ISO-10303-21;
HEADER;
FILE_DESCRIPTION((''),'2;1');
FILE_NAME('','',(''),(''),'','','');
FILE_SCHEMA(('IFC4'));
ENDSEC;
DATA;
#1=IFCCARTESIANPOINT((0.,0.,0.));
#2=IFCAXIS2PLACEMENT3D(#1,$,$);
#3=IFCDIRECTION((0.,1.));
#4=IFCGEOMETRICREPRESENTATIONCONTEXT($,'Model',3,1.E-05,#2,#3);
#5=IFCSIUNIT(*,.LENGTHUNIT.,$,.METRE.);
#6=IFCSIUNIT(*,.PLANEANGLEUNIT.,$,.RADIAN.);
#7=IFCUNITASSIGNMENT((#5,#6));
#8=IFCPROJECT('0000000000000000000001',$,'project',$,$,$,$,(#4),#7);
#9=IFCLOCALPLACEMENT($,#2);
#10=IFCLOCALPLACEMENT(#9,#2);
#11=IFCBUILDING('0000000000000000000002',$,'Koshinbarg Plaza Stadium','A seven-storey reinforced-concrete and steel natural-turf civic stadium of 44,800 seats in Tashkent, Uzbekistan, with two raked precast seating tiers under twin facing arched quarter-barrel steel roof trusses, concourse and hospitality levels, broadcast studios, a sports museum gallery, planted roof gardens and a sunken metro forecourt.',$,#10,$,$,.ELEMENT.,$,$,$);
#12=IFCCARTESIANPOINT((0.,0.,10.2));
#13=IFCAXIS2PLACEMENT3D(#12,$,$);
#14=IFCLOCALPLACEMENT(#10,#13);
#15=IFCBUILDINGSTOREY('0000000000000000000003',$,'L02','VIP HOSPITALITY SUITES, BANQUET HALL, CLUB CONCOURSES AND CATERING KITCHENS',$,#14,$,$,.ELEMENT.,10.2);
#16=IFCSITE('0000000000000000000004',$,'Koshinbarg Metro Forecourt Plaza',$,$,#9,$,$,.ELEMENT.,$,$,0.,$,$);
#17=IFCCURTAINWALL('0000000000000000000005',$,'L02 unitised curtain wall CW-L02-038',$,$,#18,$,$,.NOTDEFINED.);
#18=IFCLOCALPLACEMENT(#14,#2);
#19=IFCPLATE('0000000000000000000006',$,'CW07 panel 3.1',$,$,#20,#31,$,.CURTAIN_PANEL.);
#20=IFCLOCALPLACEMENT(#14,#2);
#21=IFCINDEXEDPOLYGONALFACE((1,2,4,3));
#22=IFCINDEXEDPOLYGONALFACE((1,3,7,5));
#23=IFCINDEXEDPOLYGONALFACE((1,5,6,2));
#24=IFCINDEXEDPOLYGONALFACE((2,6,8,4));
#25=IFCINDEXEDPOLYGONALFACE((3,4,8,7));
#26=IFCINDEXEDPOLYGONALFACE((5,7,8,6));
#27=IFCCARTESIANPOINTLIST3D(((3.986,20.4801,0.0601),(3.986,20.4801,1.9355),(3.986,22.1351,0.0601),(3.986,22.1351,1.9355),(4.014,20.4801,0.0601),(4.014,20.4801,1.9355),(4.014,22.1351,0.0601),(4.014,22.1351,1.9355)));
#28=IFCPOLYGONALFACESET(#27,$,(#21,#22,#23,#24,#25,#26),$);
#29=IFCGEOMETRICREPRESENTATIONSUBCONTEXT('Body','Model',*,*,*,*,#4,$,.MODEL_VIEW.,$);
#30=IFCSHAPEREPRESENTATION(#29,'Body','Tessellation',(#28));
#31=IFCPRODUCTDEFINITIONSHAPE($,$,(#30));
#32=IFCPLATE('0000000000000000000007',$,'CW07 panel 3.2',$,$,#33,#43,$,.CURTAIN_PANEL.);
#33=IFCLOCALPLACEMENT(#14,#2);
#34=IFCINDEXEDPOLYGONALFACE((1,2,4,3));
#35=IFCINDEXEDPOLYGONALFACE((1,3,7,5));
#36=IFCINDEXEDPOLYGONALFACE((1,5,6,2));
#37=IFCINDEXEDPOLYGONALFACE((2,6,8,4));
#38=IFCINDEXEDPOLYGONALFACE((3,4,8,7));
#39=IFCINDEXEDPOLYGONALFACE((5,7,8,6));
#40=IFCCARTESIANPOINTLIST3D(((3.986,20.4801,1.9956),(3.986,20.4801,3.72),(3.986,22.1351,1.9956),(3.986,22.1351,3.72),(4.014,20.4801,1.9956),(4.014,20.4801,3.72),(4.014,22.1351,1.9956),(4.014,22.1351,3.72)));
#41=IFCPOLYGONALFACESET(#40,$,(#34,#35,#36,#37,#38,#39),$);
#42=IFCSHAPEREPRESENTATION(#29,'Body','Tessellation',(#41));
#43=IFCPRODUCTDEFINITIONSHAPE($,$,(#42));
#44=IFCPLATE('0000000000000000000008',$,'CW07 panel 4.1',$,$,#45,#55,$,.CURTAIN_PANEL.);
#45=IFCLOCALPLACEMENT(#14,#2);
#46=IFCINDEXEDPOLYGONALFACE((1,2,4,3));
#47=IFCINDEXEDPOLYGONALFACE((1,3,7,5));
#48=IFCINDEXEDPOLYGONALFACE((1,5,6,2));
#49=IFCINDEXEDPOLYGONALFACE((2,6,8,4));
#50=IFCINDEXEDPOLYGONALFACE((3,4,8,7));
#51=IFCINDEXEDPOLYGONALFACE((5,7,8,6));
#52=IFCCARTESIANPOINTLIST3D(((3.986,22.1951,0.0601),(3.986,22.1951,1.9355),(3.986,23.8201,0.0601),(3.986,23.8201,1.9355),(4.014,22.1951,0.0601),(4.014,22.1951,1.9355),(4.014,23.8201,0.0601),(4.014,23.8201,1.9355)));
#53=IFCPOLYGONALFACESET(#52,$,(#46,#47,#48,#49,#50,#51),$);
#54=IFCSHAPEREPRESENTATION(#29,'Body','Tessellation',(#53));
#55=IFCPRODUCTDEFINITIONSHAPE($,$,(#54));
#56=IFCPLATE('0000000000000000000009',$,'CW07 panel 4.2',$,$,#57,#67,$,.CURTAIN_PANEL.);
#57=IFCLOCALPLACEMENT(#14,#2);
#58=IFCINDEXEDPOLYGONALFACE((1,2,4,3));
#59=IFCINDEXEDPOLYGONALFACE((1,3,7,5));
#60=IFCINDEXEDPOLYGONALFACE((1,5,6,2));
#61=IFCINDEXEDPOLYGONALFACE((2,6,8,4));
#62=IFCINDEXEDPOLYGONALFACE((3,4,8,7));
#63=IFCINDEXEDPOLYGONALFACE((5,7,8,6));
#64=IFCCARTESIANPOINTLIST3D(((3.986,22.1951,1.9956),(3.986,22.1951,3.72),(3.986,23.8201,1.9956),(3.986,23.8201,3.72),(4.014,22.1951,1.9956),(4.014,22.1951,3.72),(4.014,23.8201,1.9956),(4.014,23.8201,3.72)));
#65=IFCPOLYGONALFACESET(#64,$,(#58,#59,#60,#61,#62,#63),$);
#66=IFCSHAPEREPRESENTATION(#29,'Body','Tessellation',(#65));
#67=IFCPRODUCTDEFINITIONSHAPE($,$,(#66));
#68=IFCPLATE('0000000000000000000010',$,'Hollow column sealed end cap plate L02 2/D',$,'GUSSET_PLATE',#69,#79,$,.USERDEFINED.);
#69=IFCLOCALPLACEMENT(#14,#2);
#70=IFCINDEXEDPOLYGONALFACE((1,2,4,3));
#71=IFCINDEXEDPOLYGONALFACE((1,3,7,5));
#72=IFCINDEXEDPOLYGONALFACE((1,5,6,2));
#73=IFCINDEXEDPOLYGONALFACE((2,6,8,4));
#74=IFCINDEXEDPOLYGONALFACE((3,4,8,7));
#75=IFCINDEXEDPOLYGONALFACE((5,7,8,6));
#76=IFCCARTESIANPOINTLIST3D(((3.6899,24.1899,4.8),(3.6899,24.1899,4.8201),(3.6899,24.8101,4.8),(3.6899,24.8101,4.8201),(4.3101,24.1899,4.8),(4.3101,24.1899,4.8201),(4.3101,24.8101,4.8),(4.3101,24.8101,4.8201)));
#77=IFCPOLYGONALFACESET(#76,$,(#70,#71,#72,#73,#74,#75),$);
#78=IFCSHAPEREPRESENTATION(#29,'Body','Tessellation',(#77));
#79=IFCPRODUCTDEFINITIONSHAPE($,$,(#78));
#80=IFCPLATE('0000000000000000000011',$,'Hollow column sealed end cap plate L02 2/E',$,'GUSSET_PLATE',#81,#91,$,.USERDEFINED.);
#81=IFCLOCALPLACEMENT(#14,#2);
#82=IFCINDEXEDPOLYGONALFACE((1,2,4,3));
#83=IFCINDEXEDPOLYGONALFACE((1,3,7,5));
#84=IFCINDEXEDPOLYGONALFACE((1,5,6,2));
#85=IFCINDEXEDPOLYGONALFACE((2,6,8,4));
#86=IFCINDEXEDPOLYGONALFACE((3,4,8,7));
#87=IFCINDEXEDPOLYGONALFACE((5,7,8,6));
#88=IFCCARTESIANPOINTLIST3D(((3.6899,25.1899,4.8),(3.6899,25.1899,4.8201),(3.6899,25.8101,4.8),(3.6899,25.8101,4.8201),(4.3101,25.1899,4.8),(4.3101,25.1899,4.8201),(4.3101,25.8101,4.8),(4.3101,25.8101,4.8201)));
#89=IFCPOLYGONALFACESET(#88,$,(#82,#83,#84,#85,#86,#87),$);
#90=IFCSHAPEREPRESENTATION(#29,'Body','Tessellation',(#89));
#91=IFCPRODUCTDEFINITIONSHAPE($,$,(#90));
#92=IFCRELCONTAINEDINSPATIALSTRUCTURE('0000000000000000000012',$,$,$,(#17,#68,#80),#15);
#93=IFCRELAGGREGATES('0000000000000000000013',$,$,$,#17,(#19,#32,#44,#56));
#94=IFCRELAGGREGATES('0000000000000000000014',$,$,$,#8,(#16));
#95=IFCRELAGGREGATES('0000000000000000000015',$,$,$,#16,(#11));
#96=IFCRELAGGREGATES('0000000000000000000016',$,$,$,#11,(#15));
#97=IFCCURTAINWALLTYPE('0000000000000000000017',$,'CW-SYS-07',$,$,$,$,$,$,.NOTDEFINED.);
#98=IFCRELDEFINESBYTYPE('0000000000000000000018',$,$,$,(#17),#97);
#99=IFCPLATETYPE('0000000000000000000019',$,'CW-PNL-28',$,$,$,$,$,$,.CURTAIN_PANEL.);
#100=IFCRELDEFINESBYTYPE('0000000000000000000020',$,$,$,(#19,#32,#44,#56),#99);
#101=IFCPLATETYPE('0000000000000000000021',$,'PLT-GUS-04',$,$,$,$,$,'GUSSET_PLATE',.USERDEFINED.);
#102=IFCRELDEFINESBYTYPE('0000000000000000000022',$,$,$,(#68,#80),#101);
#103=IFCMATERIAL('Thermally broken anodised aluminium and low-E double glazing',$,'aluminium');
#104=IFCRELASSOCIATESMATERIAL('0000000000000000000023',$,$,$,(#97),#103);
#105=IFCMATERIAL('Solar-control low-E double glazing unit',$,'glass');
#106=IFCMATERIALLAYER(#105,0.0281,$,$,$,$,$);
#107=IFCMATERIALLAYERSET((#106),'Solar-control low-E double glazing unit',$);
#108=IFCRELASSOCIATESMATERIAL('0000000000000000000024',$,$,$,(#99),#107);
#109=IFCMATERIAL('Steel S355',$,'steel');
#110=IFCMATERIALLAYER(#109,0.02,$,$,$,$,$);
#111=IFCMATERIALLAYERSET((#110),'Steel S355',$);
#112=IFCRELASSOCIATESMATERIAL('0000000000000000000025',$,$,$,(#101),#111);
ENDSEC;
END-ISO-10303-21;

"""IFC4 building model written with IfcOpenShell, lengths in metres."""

from ifc_helpers import new_model, si_unit, direction, frame, origin, origin_2d, place, context, subcontext, project, spatial, rectangle, extrude, material, layer, layer_set, type_object, element, aggregate, save


model = new_model("IFC4")

# Units and contexts
model_context = context("Model", 3, precision=1e-05, world=origin(), true_north=direction((0.0, 1.0)))
body_context = subcontext(model_context, "Body", "Model", "MODEL_VIEW")
ifc_project = project(units=[si_unit("LENGTHUNIT", "METRE"), si_unit("PLANEANGLEUNIT", "RADIAN")], contexts=[model_context])

# Site, building, storey
site_placement = place(None, origin())
site = spatial("IfcSite", under=ifc_project, at=site_placement, Name="Koshinbarg Metro Forecourt Plaza", CompositionType="ELEMENT", RefElevation=0.0)
building_placement = place(site_placement, origin())
building = spatial("IfcBuilding", under=site, at=building_placement, Name="Koshinbarg Plaza Stadium", Description="A seven-storey reinforced-concrete and steel natural-turf civic stadium of 44,800 seats in Tashkent, Uzbekistan, with two raked precast seating tiers under twin facing arched quarter-barrel steel roof trusses, concourse and hospitality levels, broadcast studios, a sports museum gallery, planted roof gardens and a sunken metro forecourt.", CompositionType="ELEMENT")
storey_placement = place(building_placement, frame((0.0, 0.0, 10.2)))
storey = spatial("IfcBuildingStorey", under=building, at=storey_placement, Name="L02", Description="VIP HOSPITALITY SUITES, BANQUET HALL, CLUB CONCOURSES AND CATERING KITCHENS", CompositionType="ELEMENT", Elevation=10.2)

# Shared definitions
ifc_material_1 = material(Name="Steel S355", Category="steel")

# Curtain wall, plates
ifc_material_2 = material(Name="Thermally broken anodised aluminium and low-E double glazing", Category="aluminium")
curtain_wall_type = type_object("IfcCurtainWallType", Name="CW-SYS-07", PredefinedType="NOTDEFINED", material=ifc_material_2)
curtain_wall_placement = place(storey_placement, origin())
curtain_wall = element("IfcCurtainWall", 1, at=curtain_wall_placement, inside=storey, type_object=curtain_wall_type, Name="L02 unitised curtain wall CW-L02-038", PredefinedType="NOTDEFINED")
ifc_material_3 = material(Name="Solar-control low-E double glazing unit", Category="glass")
ifc_layer_1 = layer(ifc_material_3, 0.0281)
ifc_layer_set_1 = layer_set([ifc_layer_1], Name="Solar-control low-E double glazing unit")
plate_type_1 = type_object("IfcPlateType", Name="CW-PNL-28", PredefinedType="CURTAIN_PANEL", material=ifc_layer_set_1)
plate_1_placement = place(storey_placement, frame((4.0, 21.3076, 0.0601), z_axis=(0.0, 0.0, 1.0), x_axis=(0.0, 1.0, 0.0)))
plate_1 = element("IfcPlate", 2, at=plate_1_placement, type_object=plate_type_1, Name="CW07 panel 3.1", PredefinedType="CURTAIN_PANEL", context=body_context, shape_type="SweptSolid", body=[
    extrude(rectangle(XDim=1.655, YDim=0.0281, at=origin_2d()), origin(), (0.0, 0.0, 1.0), 1.8755),
])
plate_2_placement = place(storey_placement, frame((4.0, 21.3076, 1.9956), z_axis=(0.0, 0.0, 1.0), x_axis=(0.0, 1.0, 0.0)))
plate_2 = element("IfcPlate", 3, at=plate_2_placement, type_object=plate_type_1, Name="CW07 panel 3.2", PredefinedType="CURTAIN_PANEL", context=body_context, shape_type="SweptSolid", body=[
    extrude(rectangle(XDim=1.655, YDim=0.0281, at=origin_2d()), origin(), (0.0, 0.0, 1.0), 1.7244),
])
plate_3_placement = place(storey_placement, frame((4.0, 23.0076, 0.0601), z_axis=(0.0, 0.0, 1.0), x_axis=(0.0, 1.0, 0.0)))
plate_3 = element("IfcPlate", 4, at=plate_3_placement, type_object=plate_type_1, Name="CW07 panel 4.1", PredefinedType="CURTAIN_PANEL", context=body_context, shape_type="SweptSolid", body=[
    extrude(rectangle(XDim=1.625, YDim=0.0281, at=origin_2d()), origin(), (0.0, 0.0, 1.0), 1.8755),
])
plate_4_placement = place(storey_placement, frame((4.0, 23.0076, 1.9956), z_axis=(0.0, 0.0, 1.0), x_axis=(0.0, 1.0, 0.0)))
plate_4 = element("IfcPlate", 5, at=plate_4_placement, type_object=plate_type_1, Name="CW07 panel 4.2", PredefinedType="CURTAIN_PANEL", context=body_context, shape_type="SweptSolid", body=[
    extrude(rectangle(XDim=1.625, YDim=0.0281, at=origin_2d()), origin(), (0.0, 0.0, 1.0), 1.7244),
])
aggregate(curtain_wall, [plate_1, plate_2, plate_3, plate_4])

# Plates
ifc_layer_2 = layer(ifc_material_1, 0.02)
ifc_layer_set_2 = layer_set([ifc_layer_2], Name="Steel S355")
plate_type_2 = type_object("IfcPlateType", Name="PLT-GUS-04", ElementType="GUSSET_PLATE", PredefinedType="USERDEFINED", material=ifc_layer_set_2)
for number, where, z_axis, x_axis, name in (
    (6, (4.0, 24.5, 4.8), (0.0, 0.0, 1.0), (1.0, 0.0, 0.0), "Hollow column sealed end cap plate L02 2/D"),
    (7, (4.0, 25.5, 4.8), (0.0, 0.0, 1.0), (1.0, 0.0, 0.0), "Hollow column sealed end cap plate L02 2/E"),
):
    element("IfcPlate", number, at=place(storey_placement, frame(where, z_axis=z_axis, x_axis=x_axis)), inside=storey, type_object=plate_type_2, Name=name, ObjectType="GUSSET_PLATE", PredefinedType="USERDEFINED", context=body_context, shape_type="SweptSolid", body=[
        extrude(rectangle(XDim=0.6201, YDim=0.6201, at=origin_2d()), origin(), (0.0, 0.0, 1.0), 0.02),
    ])

save(model, "model.ifc")
